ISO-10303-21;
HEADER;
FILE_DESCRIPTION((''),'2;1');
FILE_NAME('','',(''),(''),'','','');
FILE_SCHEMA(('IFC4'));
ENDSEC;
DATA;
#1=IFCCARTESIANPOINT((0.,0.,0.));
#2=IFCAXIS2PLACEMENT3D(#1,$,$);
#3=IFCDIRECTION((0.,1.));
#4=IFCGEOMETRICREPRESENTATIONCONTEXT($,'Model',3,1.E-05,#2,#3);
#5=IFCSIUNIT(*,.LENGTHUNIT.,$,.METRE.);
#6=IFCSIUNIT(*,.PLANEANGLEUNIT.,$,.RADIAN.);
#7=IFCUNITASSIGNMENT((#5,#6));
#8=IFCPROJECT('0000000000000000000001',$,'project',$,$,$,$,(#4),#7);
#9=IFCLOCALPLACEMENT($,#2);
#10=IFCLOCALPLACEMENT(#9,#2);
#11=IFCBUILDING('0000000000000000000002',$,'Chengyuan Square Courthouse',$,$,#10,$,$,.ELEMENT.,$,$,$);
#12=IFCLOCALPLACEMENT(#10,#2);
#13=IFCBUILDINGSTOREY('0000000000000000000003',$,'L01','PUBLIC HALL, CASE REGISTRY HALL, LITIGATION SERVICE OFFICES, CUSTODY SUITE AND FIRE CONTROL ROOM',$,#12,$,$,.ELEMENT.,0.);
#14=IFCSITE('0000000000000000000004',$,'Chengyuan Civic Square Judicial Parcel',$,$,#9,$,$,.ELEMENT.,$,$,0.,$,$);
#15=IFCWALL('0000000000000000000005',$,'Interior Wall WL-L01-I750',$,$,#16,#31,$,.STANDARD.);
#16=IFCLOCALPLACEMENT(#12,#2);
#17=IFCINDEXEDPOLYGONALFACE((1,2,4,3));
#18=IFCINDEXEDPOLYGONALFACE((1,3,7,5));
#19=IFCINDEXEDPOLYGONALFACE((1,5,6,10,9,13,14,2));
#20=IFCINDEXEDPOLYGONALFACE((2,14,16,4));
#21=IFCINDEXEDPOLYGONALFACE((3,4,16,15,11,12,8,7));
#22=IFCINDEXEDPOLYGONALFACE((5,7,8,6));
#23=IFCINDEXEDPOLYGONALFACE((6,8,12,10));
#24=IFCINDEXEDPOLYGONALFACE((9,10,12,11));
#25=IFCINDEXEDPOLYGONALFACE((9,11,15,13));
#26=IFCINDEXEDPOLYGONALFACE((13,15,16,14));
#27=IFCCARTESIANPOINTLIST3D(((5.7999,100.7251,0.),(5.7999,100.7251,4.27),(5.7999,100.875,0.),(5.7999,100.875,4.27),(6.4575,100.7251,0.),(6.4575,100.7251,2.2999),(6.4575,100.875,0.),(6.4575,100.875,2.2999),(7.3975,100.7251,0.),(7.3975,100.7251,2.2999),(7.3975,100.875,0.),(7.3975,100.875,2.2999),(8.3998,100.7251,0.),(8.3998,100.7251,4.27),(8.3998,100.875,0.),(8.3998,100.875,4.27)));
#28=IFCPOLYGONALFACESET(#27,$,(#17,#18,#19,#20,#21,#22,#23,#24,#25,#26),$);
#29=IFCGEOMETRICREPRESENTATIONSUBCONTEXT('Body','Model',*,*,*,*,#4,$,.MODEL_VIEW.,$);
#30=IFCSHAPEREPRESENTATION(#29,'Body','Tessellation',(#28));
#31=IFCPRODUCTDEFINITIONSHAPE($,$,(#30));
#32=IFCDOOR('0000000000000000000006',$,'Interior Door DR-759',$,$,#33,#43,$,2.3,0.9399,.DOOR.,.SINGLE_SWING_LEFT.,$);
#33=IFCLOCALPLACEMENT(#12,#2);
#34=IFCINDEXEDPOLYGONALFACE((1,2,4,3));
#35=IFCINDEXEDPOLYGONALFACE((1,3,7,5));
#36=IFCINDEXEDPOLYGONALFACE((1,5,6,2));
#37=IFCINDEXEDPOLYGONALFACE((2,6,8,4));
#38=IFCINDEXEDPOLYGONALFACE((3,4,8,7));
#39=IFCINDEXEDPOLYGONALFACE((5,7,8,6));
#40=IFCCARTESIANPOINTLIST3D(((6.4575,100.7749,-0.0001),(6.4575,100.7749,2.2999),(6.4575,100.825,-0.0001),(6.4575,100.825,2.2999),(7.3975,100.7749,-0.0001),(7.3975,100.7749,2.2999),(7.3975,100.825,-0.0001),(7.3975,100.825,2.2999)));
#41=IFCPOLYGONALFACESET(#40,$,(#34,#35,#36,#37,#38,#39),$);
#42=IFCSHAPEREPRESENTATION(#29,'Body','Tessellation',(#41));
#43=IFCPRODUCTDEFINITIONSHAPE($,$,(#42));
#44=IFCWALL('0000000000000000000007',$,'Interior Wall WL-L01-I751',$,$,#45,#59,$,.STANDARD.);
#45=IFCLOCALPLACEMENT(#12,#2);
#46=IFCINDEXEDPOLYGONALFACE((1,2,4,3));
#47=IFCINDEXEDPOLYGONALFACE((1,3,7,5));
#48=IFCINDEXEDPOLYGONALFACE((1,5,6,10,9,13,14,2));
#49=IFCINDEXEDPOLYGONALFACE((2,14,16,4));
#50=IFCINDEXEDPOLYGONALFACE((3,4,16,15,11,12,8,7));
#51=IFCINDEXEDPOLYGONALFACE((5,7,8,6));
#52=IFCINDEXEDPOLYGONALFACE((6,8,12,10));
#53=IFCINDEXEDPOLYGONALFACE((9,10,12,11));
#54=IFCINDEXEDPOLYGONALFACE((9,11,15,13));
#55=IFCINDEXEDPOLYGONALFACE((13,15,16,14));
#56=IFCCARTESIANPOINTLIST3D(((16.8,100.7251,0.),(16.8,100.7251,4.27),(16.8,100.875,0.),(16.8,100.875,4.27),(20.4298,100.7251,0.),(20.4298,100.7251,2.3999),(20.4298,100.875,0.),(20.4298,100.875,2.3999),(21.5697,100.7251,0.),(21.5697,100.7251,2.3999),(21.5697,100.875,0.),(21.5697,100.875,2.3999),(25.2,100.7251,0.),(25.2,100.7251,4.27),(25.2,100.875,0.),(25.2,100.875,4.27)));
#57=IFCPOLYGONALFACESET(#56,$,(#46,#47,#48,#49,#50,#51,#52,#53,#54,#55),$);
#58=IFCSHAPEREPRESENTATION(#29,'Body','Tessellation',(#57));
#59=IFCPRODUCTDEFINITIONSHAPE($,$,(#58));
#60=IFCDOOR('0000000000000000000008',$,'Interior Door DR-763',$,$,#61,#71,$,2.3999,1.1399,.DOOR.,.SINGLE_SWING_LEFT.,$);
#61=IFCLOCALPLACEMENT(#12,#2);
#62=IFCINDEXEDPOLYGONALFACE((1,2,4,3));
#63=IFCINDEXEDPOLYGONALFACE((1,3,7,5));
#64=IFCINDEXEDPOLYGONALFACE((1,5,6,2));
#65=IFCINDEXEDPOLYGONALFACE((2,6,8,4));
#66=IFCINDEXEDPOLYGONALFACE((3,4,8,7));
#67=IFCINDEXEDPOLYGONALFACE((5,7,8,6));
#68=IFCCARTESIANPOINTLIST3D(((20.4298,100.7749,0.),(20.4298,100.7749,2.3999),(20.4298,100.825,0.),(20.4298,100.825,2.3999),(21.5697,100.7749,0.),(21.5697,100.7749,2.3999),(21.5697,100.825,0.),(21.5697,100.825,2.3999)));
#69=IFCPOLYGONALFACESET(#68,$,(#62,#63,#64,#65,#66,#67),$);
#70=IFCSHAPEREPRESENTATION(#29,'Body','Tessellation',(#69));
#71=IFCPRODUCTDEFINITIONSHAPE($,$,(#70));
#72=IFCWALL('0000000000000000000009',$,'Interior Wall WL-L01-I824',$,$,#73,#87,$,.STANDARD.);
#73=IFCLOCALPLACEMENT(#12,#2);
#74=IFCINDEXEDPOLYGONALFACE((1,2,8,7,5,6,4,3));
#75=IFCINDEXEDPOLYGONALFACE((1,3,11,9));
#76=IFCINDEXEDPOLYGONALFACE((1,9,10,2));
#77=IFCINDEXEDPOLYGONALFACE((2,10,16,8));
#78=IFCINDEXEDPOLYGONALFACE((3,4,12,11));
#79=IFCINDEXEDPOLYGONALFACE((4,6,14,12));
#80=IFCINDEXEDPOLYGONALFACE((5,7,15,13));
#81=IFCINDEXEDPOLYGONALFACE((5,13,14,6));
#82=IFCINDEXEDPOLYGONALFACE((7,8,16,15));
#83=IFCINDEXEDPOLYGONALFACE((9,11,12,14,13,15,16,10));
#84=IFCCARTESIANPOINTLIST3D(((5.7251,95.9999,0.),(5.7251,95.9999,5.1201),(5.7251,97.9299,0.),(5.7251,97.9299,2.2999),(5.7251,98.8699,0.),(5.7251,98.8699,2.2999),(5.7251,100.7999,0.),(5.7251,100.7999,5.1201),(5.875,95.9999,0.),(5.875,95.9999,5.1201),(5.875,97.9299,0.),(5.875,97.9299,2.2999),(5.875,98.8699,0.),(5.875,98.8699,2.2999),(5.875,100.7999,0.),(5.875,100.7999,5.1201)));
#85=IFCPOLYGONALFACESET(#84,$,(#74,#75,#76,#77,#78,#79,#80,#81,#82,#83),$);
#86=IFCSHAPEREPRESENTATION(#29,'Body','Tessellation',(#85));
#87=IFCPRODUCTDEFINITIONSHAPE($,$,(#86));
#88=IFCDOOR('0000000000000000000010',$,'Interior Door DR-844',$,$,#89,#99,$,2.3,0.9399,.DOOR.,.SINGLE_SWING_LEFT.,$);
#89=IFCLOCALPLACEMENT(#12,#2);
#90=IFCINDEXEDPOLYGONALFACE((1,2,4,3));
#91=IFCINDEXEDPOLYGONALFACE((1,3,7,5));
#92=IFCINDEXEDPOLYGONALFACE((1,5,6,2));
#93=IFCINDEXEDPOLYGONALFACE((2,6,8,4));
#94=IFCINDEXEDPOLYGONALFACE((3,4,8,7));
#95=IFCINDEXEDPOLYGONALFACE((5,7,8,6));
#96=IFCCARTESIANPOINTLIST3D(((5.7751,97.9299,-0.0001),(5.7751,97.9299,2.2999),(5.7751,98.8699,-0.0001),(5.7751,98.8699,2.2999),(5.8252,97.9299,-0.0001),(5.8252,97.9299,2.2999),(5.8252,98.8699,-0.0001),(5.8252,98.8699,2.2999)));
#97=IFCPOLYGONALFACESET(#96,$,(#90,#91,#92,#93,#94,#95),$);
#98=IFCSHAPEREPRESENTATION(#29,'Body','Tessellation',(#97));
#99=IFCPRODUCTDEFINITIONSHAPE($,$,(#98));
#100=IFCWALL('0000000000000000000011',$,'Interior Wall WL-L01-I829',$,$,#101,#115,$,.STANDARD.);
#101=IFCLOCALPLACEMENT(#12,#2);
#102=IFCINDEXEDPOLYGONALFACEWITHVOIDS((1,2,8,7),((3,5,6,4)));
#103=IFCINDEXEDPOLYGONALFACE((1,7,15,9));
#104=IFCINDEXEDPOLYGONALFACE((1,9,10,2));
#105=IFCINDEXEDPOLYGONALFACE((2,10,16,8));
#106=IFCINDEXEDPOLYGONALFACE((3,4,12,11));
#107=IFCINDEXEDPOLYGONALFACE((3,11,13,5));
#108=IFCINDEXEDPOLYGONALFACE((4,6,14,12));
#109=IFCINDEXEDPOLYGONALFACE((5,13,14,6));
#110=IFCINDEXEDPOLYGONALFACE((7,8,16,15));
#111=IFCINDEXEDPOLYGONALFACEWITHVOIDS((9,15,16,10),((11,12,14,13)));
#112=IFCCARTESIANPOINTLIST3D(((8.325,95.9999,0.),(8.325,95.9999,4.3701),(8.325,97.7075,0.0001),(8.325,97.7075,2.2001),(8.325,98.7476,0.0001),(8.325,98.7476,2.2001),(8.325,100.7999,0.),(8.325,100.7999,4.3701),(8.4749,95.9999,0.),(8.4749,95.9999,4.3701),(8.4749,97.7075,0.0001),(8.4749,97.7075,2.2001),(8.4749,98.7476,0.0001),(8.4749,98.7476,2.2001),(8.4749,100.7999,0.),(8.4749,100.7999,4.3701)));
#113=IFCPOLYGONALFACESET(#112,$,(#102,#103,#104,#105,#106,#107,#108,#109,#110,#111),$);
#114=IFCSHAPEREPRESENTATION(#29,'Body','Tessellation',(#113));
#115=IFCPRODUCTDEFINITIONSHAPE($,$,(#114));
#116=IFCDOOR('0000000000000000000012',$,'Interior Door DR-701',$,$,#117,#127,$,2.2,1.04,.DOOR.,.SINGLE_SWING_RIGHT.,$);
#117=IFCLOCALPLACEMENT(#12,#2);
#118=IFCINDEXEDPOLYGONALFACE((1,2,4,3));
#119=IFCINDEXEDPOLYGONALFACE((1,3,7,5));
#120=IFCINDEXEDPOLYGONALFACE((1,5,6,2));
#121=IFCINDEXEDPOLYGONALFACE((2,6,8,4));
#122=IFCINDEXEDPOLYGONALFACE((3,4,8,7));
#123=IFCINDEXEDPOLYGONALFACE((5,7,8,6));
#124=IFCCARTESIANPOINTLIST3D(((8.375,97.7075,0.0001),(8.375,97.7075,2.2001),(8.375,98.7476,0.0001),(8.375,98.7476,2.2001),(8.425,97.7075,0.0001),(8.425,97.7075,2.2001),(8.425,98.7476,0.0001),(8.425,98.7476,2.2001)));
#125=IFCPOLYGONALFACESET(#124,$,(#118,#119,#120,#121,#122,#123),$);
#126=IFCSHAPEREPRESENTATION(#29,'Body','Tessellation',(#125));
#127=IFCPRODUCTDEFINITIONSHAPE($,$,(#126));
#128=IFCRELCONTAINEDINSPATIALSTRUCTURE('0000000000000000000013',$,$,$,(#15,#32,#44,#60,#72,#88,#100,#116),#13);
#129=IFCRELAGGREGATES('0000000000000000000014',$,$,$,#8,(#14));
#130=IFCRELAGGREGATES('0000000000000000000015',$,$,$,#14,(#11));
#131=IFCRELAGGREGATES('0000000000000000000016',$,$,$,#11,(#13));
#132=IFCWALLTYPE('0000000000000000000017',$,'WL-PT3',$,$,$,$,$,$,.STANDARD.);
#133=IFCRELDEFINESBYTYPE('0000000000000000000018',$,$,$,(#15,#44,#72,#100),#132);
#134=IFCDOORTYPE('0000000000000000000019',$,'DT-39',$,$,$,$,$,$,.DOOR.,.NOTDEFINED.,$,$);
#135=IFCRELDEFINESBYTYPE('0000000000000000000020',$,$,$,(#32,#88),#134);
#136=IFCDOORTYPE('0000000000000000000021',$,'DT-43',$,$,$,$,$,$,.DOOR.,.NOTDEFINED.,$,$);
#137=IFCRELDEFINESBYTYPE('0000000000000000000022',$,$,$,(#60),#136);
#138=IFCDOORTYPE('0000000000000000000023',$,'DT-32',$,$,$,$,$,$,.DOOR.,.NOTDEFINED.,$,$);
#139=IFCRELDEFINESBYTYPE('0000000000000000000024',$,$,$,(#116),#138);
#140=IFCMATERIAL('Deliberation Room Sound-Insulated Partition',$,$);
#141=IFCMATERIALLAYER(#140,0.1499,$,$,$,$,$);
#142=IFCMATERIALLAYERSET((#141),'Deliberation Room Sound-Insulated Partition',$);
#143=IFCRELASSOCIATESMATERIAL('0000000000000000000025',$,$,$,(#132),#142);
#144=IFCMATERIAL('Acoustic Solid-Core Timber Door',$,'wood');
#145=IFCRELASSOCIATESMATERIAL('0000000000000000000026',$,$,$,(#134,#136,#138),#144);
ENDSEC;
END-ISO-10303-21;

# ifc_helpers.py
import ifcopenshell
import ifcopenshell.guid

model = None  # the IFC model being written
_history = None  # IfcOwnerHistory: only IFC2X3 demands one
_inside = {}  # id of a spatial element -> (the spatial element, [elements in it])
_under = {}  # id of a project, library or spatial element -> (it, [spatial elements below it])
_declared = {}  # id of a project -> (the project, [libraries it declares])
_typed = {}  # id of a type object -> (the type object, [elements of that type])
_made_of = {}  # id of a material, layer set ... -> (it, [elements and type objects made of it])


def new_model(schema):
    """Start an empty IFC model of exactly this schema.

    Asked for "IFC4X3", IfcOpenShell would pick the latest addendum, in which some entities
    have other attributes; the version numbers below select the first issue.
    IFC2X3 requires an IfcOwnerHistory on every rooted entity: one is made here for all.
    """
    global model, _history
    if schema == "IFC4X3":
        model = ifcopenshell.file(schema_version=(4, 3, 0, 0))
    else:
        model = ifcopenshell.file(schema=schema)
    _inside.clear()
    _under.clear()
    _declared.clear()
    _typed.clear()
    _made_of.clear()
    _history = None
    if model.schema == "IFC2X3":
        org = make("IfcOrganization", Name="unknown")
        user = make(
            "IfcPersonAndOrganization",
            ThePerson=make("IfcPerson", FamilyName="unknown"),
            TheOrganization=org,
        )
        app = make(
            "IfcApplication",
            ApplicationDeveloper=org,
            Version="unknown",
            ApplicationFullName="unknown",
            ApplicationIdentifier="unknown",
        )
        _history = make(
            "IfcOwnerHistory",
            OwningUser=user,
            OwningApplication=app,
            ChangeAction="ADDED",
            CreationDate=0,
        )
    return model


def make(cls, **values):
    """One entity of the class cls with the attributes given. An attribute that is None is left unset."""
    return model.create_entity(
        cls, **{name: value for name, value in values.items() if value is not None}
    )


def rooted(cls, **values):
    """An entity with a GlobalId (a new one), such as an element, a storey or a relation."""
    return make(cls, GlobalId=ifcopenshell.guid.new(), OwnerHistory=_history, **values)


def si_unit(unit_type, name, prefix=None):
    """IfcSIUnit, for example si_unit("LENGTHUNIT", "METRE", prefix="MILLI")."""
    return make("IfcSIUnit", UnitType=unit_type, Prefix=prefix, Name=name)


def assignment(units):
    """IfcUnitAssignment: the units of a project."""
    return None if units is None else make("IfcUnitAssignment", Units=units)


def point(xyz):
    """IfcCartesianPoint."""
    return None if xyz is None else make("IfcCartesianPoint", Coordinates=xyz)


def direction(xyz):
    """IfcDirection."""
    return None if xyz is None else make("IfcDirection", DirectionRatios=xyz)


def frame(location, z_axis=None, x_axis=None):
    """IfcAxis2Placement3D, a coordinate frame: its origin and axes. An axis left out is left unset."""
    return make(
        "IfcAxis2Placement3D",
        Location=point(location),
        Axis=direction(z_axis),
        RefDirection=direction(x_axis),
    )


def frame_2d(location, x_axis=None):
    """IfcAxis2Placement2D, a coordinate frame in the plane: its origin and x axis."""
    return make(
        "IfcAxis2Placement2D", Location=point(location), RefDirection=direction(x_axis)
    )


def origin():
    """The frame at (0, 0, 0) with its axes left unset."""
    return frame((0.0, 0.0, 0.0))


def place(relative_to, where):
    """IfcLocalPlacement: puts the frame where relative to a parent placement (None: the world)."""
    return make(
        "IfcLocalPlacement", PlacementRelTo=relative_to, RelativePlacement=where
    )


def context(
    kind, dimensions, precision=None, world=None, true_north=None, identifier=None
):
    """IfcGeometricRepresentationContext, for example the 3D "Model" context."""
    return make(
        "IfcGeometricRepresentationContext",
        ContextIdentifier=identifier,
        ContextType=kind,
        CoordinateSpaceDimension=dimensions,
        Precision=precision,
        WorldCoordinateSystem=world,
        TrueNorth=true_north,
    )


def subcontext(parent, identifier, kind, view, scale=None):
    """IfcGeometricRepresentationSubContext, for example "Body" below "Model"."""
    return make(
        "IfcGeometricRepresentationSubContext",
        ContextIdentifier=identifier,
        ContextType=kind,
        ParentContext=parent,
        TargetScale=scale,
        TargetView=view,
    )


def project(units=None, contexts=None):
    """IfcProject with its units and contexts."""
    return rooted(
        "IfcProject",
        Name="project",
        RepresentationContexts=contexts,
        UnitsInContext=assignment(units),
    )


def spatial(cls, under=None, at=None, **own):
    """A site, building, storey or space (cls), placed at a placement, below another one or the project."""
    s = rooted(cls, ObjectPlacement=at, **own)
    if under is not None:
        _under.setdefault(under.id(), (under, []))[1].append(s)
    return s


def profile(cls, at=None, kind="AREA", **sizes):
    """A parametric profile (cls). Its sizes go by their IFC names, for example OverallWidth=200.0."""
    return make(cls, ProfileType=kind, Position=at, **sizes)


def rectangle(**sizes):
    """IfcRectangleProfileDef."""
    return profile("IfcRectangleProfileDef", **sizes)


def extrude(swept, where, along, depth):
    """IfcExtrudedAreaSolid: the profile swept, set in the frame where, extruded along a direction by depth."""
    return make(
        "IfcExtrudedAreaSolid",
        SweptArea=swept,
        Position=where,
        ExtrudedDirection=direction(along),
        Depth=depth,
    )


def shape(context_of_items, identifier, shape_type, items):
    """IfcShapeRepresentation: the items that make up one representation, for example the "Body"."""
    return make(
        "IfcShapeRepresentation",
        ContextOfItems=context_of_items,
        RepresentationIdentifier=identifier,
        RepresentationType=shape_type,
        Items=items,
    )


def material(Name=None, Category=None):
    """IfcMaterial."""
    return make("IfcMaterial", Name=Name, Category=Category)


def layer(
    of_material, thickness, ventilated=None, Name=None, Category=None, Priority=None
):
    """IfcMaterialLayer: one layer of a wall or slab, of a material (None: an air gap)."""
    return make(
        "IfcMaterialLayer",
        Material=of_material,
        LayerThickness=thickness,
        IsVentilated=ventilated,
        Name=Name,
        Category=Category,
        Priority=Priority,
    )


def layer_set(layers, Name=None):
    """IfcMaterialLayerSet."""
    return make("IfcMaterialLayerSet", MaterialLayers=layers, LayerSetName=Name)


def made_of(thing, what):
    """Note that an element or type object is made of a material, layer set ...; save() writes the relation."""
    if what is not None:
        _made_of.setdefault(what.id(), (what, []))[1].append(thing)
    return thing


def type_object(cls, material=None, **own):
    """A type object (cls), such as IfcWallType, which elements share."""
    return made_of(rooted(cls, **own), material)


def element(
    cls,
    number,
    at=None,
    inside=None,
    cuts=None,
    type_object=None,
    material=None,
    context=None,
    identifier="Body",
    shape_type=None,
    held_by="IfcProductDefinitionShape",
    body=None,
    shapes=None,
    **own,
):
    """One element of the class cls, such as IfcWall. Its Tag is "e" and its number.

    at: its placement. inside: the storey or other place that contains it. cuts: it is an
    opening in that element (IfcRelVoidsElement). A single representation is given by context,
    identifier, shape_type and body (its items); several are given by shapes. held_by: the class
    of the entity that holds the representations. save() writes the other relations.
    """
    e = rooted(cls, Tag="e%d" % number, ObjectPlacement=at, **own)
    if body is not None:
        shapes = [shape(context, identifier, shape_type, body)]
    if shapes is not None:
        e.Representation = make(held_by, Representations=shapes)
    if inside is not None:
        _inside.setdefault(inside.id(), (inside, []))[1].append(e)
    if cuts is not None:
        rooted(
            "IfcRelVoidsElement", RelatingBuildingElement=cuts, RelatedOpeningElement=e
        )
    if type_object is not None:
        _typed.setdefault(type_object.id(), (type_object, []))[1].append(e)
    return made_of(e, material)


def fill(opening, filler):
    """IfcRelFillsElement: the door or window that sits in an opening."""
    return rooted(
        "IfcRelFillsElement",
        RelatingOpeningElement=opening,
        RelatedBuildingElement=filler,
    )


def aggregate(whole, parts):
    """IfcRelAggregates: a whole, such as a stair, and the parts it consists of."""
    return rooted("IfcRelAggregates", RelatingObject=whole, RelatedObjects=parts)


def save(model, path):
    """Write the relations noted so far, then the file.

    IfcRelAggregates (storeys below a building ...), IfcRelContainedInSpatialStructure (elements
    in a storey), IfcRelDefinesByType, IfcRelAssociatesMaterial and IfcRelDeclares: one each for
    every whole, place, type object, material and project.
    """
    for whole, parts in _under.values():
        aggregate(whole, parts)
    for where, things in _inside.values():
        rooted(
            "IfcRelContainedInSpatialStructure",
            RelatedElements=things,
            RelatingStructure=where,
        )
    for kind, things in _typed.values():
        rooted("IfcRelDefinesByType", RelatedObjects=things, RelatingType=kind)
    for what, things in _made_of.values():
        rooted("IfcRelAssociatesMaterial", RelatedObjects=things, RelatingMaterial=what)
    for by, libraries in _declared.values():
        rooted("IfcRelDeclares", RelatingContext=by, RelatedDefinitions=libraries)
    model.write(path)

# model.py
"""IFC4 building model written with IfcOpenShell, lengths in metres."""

from ifc_helpers import new_model, si_unit, direction, frame, frame_2d, origin, place, context, subcontext, project, spatial, rectangle, extrude, material, layer, layer_set, type_object, element, fill, save


model = new_model("IFC4")

# Units and contexts
model_context = context("Model", 3, precision=1e-05, world=origin(), true_north=direction((0.0, 1.0)))
body_context = subcontext(model_context, "Body", "Model", "MODEL_VIEW")
ifc_project = project(units=[si_unit("LENGTHUNIT", "METRE"), si_unit("PLANEANGLEUNIT", "RADIAN")], contexts=[model_context])

# Site, building, storey
site_placement = place(None, origin())
site = spatial("IfcSite", under=ifc_project, at=site_placement, Name="Chengyuan Civic Square Judicial Parcel", CompositionType="ELEMENT", RefElevation=0.0)
building_placement = place(site_placement, origin())
building = spatial("IfcBuilding", under=site, at=building_placement, Name="Chengyuan Square Courthouse", CompositionType="ELEMENT")
storey_placement = place(building_placement, origin())
storey = spatial("IfcBuildingStorey", under=building, at=storey_placement, Name="L01", Description="PUBLIC HALL, CASE REGISTRY HALL, LITIGATION SERVICE OFFICES, CUSTODY SUITE AND FIRE CONTROL ROOM", CompositionType="ELEMENT", Elevation=0.0)

# Walls, openings, doors
ifc_material_1 = material(Name="Deliberation Room Sound-Insulated Partition")
ifc_layer_1 = layer(ifc_material_1, 0.1499)
ifc_layer_set_1 = layer_set([ifc_layer_1], Name="Deliberation Room Sound-Insulated Partition")
wall_type_1 = type_object("IfcWallType", Name="WL-PT3", PredefinedType="STANDARD", material=ifc_layer_set_1)
ifc_material_2 = material(Name="Acoustic Solid-Core Timber Door", Category="wood")
wall_1_placement = place(storey_placement, frame((5.8, 100.8, 0.0), z_axis=(0.0, 0.0, 1.0), x_axis=(1.0, 0.0, 0.0)))
wall_1 = element("IfcWall", 1, at=wall_1_placement, inside=storey, type_object=wall_type_1, Name="Interior Wall WL-L01-I750", PredefinedType="STANDARD", context=body_context, shape_type="SweptSolid", body=[
    extrude(rectangle(XDim=2.5999, YDim=0.1499, at=frame_2d((1.2998, 0.0))), origin(), (0.0, 0.0, 1.0), 4.27),
])
opening_1_placement = place(wall_1_placement, frame((0.6575, 0.0, 0.0)))
opening_1 = element("IfcOpeningElement", 2, at=opening_1_placement, cuts=wall_1, PredefinedType="OPENING", context=body_context, shape_type="SweptSolid", body=[
    extrude(rectangle(XDim=0.9399, YDim=2.3, at=frame_2d((0.47, 1.1499))), frame((0.0, 0.0869, 0.0), z_axis=(0.0, -1.0, 0.0), x_axis=(1.0, 0.0, 0.0)), (0.0, 0.0, 1.0), 0.1738),
])
door_type_1 = type_object("IfcDoorType", Name="DT-39", OperationType="NOTDEFINED", PredefinedType="DOOR", material=ifc_material_2)
door_1_placement = place(opening_1_placement, origin())
door_1 = element("IfcDoor", 3, at=door_1_placement, inside=storey, type_object=door_type_1, Name="Interior Door DR-759", OperationType="SINGLE_SWING_LEFT", OverallHeight=2.3, OverallWidth=0.9399, PredefinedType="DOOR", context=body_context, shape_type="SweptSolid", body=[
    extrude(rectangle(XDim=0.9399, YDim=2.3, at=frame_2d((0.47, 1.1499))), frame((0.0, 0.0249, 0.0), z_axis=(0.0, -1.0, 0.0), x_axis=(1.0, 0.0, 0.0)), (0.0, 0.0, 1.0), 0.05),
])
fill(opening_1, door_1)
wall_2_placement = place(storey_placement, frame((16.8, 100.8, 0.0), z_axis=(0.0, 0.0, 1.0), x_axis=(1.0, 0.0, 0.0)))
wall_2 = element("IfcWall", 4, at=wall_2_placement, inside=storey, type_object=wall_type_1, Name="Interior Wall WL-L01-I751", PredefinedType="STANDARD", context=body_context, shape_type="SweptSolid", body=[
    extrude(rectangle(XDim=8.3999, YDim=0.1499, at=frame_2d((4.2, 0.0))), origin(), (0.0, 0.0, 1.0), 4.27),
])
opening_2_placement = place(wall_2_placement, frame((3.6299, 0.0, 0.0)))
opening_2 = element("IfcOpeningElement", 5, at=opening_2_placement, cuts=wall_2, PredefinedType="OPENING", context=body_context, shape_type="SweptSolid", body=[
    extrude(rectangle(XDim=1.1399, YDim=2.3999, at=frame_2d((0.5698, 1.2))), frame((0.0, 0.0869, 0.0), z_axis=(0.0, -1.0, 0.0), x_axis=(1.0, 0.0, 0.0)), (0.0, 0.0, 1.0), 0.1738),
])
door_type_2 = type_object("IfcDoorType", Name="DT-43", OperationType="NOTDEFINED", PredefinedType="DOOR", material=ifc_material_2)
door_2_placement = place(opening_2_placement, origin())
door_2 = element("IfcDoor", 6, at=door_2_placement, inside=storey, type_object=door_type_2, Name="Interior Door DR-763", OperationType="SINGLE_SWING_LEFT", OverallHeight=2.3999, OverallWidth=1.1399, PredefinedType="DOOR", context=body_context, shape_type="SweptSolid", body=[
    extrude(rectangle(XDim=1.1399, YDim=2.3999, at=frame_2d((0.5698, 1.2))), frame((0.0, 0.0249, 0.0), z_axis=(0.0, -1.0, 0.0), x_axis=(1.0, 0.0, 0.0)), (0.0, 0.0, 1.0), 0.05),
])
fill(opening_2, door_2)
wall_3_placement = place(storey_placement, frame((5.8, 96.0, 0.0), z_axis=(0.0, 0.0, 1.0), x_axis=(0.0, 1.0, 0.0)))
wall_3 = element("IfcWall", 7, at=wall_3_placement, inside=storey, type_object=wall_type_1, Name="Interior Wall WL-L01-I824", PredefinedType="STANDARD", context=body_context, shape_type="SweptSolid", body=[
    extrude(rectangle(XDim=4.8, YDim=0.1499, at=frame_2d((2.3999, 0.0))), origin(), (0.0, 0.0, 1.0), 5.1201),
])
opening_3_placement = place(wall_3_placement, frame((1.9299, 0.0, 0.0)))
opening_3 = element("IfcOpeningElement", 8, at=opening_3_placement, cuts=wall_3, PredefinedType="OPENING", context=body_context, shape_type="SweptSolid", body=[
    extrude(rectangle(XDim=0.9399, YDim=2.3, at=frame_2d((0.47, 1.1499))), frame((0.0, 0.0869, 0.0), z_axis=(0.0, -1.0, 0.0), x_axis=(1.0, 0.0, 0.0)), (0.0, 0.0, 1.0), 0.1738),
])
door_3_placement = place(opening_3_placement, origin())
door_3 = element("IfcDoor", 9, at=door_3_placement, inside=storey, type_object=door_type_1, Name="Interior Door DR-844", OperationType="SINGLE_SWING_LEFT", OverallHeight=2.3, OverallWidth=0.9399, PredefinedType="DOOR", context=body_context, shape_type="SweptSolid", body=[
    extrude(rectangle(XDim=0.9399, YDim=2.3, at=frame_2d((0.47, 1.1499))), frame((0.0, 0.0249, 0.0), z_axis=(0.0, -1.0, 0.0), x_axis=(1.0, 0.0, 0.0)), (0.0, 0.0, 1.0), 0.05),
])
fill(opening_3, door_3)
wall_4_placement = place(storey_placement, frame((8.3999, 96.0, 0.0), z_axis=(0.0, 0.0, 1.0), x_axis=(0.0, 1.0, 0.0)))
wall_4 = element("IfcWall", 10, at=wall_4_placement, inside=storey, type_object=wall_type_1, Name="Interior Wall WL-L01-I829", PredefinedType="STANDARD", context=body_context, shape_type="SweptSolid", body=[
    extrude(rectangle(XDim=4.8, YDim=0.1499, at=frame_2d((2.3999, 0.0))), origin(), (0.0, 0.0, 1.0), 4.3701),
])
opening_4_placement = place(wall_4_placement, frame((1.7075, 0.0, 0.0)))
opening_4 = element("IfcOpeningElement", 11, at=opening_4_placement, cuts=wall_4, PredefinedType="OPENING", context=body_context, shape_type="SweptSolid", body=[
    extrude(rectangle(XDim=1.04, YDim=2.2, at=frame_2d((0.52, 1.1001))), frame((0.0, 0.0869, 0.0), z_axis=(0.0, -1.0, 0.0), x_axis=(1.0, 0.0, 0.0)), (0.0, 0.0, 1.0), 0.1738),
])
door_type_3 = type_object("IfcDoorType", Name="DT-32", OperationType="NOTDEFINED", PredefinedType="DOOR", material=ifc_material_2)
door_4_placement = place(opening_4_placement, origin())
door_4 = element("IfcDoor", 12, at=door_4_placement, inside=storey, type_object=door_type_3, Name="Interior Door DR-701", OperationType="SINGLE_SWING_RIGHT", OverallHeight=2.2, OverallWidth=1.04, PredefinedType="DOOR", context=body_context, shape_type="SweptSolid", body=[
    extrude(rectangle(XDim=1.04, YDim=2.2, at=frame_2d((0.52, 1.1001))), frame((0.0, 0.0249, 0.0), z_axis=(0.0, -1.0, 0.0), x_axis=(1.0, 0.0, 0.0)), (0.0, 0.0, 1.0), 0.05),
])
fill(opening_4, door_4)

save(model, "model.ifc")
